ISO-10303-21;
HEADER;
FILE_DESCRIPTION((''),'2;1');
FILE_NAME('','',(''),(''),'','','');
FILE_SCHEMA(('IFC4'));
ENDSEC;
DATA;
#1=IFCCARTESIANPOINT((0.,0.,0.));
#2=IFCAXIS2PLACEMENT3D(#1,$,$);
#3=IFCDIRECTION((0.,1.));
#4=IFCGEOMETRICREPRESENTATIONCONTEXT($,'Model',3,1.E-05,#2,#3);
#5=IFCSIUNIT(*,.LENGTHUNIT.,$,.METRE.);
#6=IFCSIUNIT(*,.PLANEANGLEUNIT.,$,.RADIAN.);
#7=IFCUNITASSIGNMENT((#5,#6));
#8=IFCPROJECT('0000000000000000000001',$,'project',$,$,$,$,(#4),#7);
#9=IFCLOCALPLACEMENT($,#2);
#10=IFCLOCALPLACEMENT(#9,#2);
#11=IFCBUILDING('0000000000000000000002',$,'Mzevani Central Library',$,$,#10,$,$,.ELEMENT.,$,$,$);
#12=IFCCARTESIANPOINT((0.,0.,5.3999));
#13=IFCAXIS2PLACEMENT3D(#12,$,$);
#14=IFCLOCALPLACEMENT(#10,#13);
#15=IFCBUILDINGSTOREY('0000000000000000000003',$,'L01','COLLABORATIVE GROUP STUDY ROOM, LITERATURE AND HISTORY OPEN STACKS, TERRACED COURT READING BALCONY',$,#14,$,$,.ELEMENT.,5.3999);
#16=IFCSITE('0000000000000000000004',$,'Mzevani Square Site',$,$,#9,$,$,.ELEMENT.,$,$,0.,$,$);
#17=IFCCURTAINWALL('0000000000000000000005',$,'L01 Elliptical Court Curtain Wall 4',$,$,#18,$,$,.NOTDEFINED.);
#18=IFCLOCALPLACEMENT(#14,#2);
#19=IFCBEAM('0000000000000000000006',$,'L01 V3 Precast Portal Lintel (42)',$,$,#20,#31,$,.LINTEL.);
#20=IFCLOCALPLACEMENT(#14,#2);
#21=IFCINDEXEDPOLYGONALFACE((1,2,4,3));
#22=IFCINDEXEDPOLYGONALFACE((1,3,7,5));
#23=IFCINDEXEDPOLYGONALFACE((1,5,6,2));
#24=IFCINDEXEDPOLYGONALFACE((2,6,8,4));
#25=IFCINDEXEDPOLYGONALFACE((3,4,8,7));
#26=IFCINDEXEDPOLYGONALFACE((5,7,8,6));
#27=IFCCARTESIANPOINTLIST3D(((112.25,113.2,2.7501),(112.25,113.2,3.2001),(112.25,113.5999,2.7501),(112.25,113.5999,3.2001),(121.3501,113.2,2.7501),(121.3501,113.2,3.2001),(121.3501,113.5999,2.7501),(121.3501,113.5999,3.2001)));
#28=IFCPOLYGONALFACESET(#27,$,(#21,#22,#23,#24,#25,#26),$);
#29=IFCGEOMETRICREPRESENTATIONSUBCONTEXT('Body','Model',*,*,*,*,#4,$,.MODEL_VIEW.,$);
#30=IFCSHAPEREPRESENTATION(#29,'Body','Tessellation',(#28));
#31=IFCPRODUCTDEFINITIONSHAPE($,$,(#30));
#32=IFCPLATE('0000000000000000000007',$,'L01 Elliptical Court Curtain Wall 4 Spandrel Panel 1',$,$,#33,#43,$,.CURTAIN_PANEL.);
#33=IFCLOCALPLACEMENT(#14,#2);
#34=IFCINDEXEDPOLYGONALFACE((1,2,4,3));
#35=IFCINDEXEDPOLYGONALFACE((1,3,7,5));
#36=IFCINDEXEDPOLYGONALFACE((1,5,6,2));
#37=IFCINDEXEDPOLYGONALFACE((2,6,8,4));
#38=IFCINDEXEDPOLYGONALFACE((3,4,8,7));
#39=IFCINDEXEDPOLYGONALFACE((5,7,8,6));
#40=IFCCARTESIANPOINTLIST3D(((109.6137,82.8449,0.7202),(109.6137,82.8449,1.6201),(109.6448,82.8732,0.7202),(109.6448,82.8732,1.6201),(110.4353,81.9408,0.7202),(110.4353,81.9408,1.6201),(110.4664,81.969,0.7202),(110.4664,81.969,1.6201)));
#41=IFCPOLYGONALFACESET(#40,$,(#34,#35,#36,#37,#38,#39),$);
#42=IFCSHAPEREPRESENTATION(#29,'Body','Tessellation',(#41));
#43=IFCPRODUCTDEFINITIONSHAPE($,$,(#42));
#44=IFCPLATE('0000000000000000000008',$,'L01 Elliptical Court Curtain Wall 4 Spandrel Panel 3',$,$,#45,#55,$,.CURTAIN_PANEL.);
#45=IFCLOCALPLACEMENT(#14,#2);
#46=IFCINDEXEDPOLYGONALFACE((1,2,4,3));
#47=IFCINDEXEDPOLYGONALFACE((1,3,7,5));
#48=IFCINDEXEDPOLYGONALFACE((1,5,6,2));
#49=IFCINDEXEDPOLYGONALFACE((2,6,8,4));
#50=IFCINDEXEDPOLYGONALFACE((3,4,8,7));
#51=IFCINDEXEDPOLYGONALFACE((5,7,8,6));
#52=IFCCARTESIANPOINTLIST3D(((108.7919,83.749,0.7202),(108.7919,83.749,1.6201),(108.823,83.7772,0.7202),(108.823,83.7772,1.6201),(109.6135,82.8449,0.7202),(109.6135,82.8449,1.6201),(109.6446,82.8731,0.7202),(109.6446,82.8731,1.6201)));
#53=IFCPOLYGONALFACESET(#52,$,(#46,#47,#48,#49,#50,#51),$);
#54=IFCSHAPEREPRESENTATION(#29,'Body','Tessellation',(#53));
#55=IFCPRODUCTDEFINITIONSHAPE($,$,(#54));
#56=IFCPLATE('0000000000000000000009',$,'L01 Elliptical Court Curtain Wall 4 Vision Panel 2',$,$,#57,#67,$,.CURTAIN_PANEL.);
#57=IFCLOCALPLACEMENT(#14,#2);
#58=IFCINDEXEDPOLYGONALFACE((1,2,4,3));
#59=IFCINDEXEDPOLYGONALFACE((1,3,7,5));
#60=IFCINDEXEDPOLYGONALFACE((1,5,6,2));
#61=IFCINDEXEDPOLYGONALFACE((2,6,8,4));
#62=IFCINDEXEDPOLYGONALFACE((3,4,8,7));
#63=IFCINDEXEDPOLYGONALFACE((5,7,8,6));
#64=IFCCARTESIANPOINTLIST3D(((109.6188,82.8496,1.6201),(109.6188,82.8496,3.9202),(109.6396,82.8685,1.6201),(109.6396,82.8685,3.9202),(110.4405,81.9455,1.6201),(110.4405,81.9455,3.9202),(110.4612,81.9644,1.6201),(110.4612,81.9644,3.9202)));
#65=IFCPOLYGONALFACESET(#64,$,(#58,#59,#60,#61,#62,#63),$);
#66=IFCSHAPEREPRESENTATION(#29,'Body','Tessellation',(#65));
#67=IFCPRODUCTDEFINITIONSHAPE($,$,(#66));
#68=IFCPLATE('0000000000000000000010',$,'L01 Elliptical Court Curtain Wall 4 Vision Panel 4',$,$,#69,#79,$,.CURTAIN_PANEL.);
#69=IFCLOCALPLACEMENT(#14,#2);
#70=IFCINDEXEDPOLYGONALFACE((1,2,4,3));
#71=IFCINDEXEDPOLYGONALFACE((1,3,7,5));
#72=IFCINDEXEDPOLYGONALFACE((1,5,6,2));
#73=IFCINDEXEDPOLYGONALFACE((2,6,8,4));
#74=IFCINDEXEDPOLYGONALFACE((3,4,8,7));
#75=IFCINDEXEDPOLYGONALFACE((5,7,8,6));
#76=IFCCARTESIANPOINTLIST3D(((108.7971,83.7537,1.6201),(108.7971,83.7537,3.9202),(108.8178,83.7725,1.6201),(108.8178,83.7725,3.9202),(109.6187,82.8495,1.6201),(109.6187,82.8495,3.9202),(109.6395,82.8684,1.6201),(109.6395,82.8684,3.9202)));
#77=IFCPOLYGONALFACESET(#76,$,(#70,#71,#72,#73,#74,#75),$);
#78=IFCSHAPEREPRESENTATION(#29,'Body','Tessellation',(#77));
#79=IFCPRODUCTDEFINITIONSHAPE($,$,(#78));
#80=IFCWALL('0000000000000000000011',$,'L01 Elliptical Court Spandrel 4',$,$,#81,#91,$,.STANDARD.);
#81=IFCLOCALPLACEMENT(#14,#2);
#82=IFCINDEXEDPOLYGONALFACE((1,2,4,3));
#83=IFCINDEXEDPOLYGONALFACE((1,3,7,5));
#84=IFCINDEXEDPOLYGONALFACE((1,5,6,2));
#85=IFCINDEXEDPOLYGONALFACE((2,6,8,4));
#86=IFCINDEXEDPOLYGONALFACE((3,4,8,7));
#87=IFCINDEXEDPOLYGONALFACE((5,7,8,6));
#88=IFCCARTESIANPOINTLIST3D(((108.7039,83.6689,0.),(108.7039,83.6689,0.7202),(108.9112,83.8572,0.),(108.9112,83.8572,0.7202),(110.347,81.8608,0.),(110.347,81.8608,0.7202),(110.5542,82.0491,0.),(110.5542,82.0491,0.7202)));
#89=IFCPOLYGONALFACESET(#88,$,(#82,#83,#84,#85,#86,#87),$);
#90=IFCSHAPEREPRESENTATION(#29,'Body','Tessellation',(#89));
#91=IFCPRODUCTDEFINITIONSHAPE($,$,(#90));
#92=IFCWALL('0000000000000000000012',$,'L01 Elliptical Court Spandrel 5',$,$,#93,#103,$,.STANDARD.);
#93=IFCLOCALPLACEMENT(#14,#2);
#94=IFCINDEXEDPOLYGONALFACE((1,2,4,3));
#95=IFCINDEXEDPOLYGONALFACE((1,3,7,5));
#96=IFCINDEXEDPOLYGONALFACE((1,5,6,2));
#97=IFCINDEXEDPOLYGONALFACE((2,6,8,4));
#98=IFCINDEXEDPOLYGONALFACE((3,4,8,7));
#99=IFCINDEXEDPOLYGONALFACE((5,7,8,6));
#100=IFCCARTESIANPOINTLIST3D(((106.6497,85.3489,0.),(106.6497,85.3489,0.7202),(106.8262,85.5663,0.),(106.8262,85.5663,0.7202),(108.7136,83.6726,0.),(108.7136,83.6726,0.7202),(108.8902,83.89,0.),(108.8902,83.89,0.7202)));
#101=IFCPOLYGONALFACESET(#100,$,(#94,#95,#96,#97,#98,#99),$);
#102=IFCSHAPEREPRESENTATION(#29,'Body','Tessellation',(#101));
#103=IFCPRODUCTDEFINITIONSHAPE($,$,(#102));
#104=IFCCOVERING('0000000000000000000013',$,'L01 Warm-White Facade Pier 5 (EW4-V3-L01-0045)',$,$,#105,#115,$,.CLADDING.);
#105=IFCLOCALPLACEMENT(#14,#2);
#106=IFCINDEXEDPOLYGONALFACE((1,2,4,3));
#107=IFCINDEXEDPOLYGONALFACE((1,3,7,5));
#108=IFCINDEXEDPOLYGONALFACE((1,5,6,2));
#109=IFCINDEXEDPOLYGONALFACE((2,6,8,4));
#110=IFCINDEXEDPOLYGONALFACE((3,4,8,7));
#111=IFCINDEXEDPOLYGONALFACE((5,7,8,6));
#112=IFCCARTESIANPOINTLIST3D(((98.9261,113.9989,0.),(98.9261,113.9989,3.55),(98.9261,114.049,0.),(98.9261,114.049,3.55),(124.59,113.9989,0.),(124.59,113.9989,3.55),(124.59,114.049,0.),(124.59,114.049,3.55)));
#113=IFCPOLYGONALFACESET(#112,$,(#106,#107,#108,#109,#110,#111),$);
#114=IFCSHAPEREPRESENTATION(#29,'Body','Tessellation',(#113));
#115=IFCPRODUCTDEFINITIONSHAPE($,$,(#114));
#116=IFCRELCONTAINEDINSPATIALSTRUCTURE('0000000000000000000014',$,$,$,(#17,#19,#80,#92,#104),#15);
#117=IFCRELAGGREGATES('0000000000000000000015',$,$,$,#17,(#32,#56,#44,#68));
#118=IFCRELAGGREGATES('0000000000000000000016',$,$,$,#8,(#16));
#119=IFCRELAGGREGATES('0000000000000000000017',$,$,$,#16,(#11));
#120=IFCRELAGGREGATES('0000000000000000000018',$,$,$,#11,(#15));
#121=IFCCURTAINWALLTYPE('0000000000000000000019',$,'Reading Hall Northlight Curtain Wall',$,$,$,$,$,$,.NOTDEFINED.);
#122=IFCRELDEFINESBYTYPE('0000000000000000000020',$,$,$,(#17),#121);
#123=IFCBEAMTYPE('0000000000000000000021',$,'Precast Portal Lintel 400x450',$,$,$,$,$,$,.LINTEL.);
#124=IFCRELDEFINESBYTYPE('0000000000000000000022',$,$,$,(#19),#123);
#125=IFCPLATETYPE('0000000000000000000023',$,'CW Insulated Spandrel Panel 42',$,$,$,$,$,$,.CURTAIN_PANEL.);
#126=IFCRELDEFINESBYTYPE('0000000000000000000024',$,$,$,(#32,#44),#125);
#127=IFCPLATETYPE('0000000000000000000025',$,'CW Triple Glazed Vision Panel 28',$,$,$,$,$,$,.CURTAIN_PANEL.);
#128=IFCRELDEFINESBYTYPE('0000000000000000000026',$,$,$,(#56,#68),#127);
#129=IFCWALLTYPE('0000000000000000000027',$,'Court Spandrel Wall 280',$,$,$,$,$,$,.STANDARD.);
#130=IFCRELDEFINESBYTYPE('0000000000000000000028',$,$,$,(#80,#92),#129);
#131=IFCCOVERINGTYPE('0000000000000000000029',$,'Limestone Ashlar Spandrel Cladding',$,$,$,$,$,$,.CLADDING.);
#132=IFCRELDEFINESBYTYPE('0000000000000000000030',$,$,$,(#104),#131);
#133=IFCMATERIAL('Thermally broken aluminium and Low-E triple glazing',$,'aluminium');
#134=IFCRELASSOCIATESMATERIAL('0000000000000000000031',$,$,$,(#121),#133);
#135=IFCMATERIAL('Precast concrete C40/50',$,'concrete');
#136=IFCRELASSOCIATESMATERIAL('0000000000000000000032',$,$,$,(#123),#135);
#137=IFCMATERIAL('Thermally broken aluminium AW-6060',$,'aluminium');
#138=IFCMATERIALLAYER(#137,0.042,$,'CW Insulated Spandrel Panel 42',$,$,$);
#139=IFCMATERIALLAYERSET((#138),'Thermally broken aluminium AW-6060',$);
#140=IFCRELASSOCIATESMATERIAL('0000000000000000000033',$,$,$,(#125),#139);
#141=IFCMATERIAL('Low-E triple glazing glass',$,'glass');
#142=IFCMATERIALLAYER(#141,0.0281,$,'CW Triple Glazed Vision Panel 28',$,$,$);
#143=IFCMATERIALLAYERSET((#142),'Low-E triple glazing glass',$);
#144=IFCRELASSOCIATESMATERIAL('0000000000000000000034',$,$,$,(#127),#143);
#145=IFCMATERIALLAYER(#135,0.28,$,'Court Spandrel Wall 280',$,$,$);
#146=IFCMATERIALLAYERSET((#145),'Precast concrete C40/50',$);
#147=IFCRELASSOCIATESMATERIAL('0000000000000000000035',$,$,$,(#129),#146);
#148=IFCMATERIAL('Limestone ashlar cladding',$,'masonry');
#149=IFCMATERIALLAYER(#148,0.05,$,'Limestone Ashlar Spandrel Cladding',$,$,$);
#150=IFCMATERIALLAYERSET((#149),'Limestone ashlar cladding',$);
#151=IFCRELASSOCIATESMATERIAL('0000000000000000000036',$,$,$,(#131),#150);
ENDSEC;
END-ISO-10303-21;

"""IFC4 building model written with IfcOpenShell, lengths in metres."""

from ifc_helpers import new_model, si_unit, direction, frame, frame_2d, origin, origin_2d, place, context, subcontext, project, spatial, rectangle, extrude, material, layer, layer_set, material_profile, profile_set, type_object, element, aggregate, save


model = new_model("IFC4")

# Units and contexts
model_context = context("Model", 3, precision=1e-05, world=origin(), true_north=direction((0.0, 1.0)))
body_context = subcontext(model_context, "Body", "Model", "MODEL_VIEW")
ifc_project = project(units=[si_unit("LENGTHUNIT", "METRE"), si_unit("PLANEANGLEUNIT", "RADIAN")], contexts=[model_context])

# Site, building, storey
site_placement = place(None, origin())
site = spatial("IfcSite", under=ifc_project, at=site_placement, Name="Mzevani Square Site", CompositionType="ELEMENT", RefElevation=0.0)
building_placement = place(site_placement, origin())
building = spatial("IfcBuilding", under=site, at=building_placement, Name="Mzevani Central Library", CompositionType="ELEMENT")
storey_placement = place(building_placement, frame((0.0, 0.0, 5.3999)))
storey = spatial("IfcBuildingStorey", under=building, at=storey_placement, Name="L01", Description="COLLABORATIVE GROUP STUDY ROOM, LITERATURE AND HISTORY OPEN STACKS, TERRACED COURT READING BALCONY", CompositionType="ELEMENT", Elevation=5.3999)

# Shared definitions
ifc_material_1 = material(Name="Thermally broken aluminium and Low-E triple glazing", Category="aluminium")
ifc_material_2 = material(Name="Thermally broken aluminium AW-6060", Category="aluminium")

# Curtain wall
curtain_wall_type_1 = type_object("IfcCurtainWallType", Name="Reading Hall Northlight Curtain Wall", PredefinedType="NOTDEFINED", material=ifc_material_1)
curtain_wall_1_placement = place(storey_placement, origin())
curtain_wall_1 = element("IfcCurtainWall", 1, at=curtain_wall_1_placement, inside=storey, type_object=curtain_wall_type_1, Name="L01 Elliptical Court Curtain Wall 4", PredefinedType="NOTDEFINED")

# Beam
ifc_material_3 = material(Name="Precast concrete C40/50", Category="concrete")
ifc_material_profile_1 = material_profile(ifc_material_3, rectangle(XDim=0.3999, YDim=0.45, at=origin_2d()), Name="PC LN400x450")
ifc_profile_set_1 = profile_set([ifc_material_profile_1], Name="Precast concrete C40/50")
beam_type_1 = type_object("IfcBeamType", Name="Precast Portal Lintel 400x450", PredefinedType="LINTEL", material=ifc_profile_set_1)
beam_1_placement = place(storey_placement, frame((112.25, 113.3999, 2.9751), z_axis=(1.0, 0.0, 0.0), x_axis=(0.0, 1.0, 0.0)))
element("IfcBeam", 2, at=beam_1_placement, inside=storey, type_object=beam_type_1, Name="L01 V3 Precast Portal Lintel (42)", PredefinedType="LINTEL", context=body_context, shape_type="SweptSolid", body=[
    extrude(rectangle(XDim=0.3999, YDim=0.45, at=origin_2d()), origin(), (0.0, 0.0, 1.0), 9.1001),
])

# Plates
ifc_layer_1 = layer(ifc_material_2, 0.042, Name="CW Insulated Spandrel Panel 42")
ifc_layer_set_1 = layer_set([ifc_layer_1], Name="Thermally broken aluminium AW-6060")
plate_type_1 = type_object("IfcPlateType", Name="CW Insulated Spandrel Panel 42", PredefinedType="CURTAIN_PANEL", material=ifc_layer_set_1)
plate_1_placement = place(storey_placement, frame((110.04, 82.407, 0.7202), z_axis=(0.0, 0.0, 1.0), x_axis=(-0.672532, 0.740068, 0.0)))
plate_1 = element("IfcPlate", 3, at=plate_1_placement, type_object=plate_type_1, Name="L01 Elliptical Court Curtain Wall 4 Spandrel Panel 1", PredefinedType="CURTAIN_PANEL", context=body_context, shape_type="SweptSolid", body=[
    extrude(rectangle(XDim=1.2217, YDim=0.042, at=origin_2d()), origin(), (0.0, 0.0, 1.0), 0.8999),
])
plate_2_placement = place(storey_placement, frame((109.2183, 83.311, 0.7202), z_axis=(0.0, 0.0, 1.0), x_axis=(-0.672532, 0.740068, 0.0)))
plate_2 = element("IfcPlate", 4, at=plate_2_placement, type_object=plate_type_1, Name="L01 Elliptical Court Curtain Wall 4 Spandrel Panel 3", PredefinedType="CURTAIN_PANEL", context=body_context, shape_type="SweptSolid", body=[
    extrude(rectangle(XDim=1.2217, YDim=0.042, at=origin_2d()), origin(), (0.0, 0.0, 1.0), 0.8999),
])
ifc_material_4 = material(Name="Low-E triple glazing glass", Category="glass")
ifc_layer_2 = layer(ifc_material_4, 0.0281, Name="CW Triple Glazed Vision Panel 28")
ifc_layer_set_2 = layer_set([ifc_layer_2], Name="Low-E triple glazing glass")
plate_type_2 = type_object("IfcPlateType", Name="CW Triple Glazed Vision Panel 28", PredefinedType="CURTAIN_PANEL", material=ifc_layer_set_2)
plate_3_placement = place(storey_placement, frame((110.04, 82.407, 1.6201), z_axis=(0.0, 0.0, 1.0), x_axis=(-0.672532, 0.740068, 0.0)))
plate_3 = element("IfcPlate", 5, at=plate_3_placement, type_object=plate_type_2, Name="L01 Elliptical Court Curtain Wall 4 Vision Panel 2", PredefinedType="CURTAIN_PANEL", context=body_context, shape_type="SweptSolid", body=[
    extrude(rectangle(XDim=1.2217, YDim=0.0281, at=origin_2d()), origin(), (0.0, 0.0, 1.0), 2.3),
])
plate_4_placement = place(storey_placement, frame((109.2183, 83.311, 1.6201), z_axis=(0.0, 0.0, 1.0), x_axis=(-0.672532, 0.740068, 0.0)))
plate_4 = element("IfcPlate", 6, at=plate_4_placement, type_object=plate_type_2, Name="L01 Elliptical Court Curtain Wall 4 Vision Panel 4", PredefinedType="CURTAIN_PANEL", context=body_context, shape_type="SweptSolid", body=[
    extrude(rectangle(XDim=1.2217, YDim=0.0281, at=origin_2d()), origin(), (0.0, 0.0, 1.0), 2.3),
])
aggregate(curtain_wall_1, [plate_1, plate_3, plate_2, plate_4])

# Walls
ifc_layer_3 = layer(ifc_material_3, 0.28, Name="Court Spandrel Wall 280")
ifc_layer_set_3 = layer_set([ifc_layer_3], Name="Precast concrete C40/50")
wall_type = type_object("IfcWallType", Name="Court Spandrel Wall 280", PredefinedType="STANDARD", material=ifc_layer_set_3)
wall_1_placement = place(storey_placement, frame((110.4507, 81.9548, 0.0), z_axis=(0.0, 0.0, 1.0), x_axis=(-0.672524, 0.740076, 0.0)))
element("IfcWall", 7, at=wall_1_placement, inside=storey, type_object=wall_type, Name="L01 Elliptical Court Spandrel 4", PredefinedType="STANDARD", context=body_context, shape_type="SweptSolid", body=[
    extrude(rectangle(XDim=2.4431, YDim=0.28, at=frame_2d((1.2217, 0.0))), origin(), (0.0, 0.0, 1.0), 0.7202),
])
wall_2_placement = place(storey_placement, frame((108.802, 83.7812, 0.0), z_axis=(0.0, 0.0, 1.0), x_axis=(-0.776243, 0.630434, 0.0)))
element("IfcWall", 8, at=wall_2_placement, inside=storey, type_object=wall_type, Name="L01 Elliptical Court Spandrel 5", PredefinedType="STANDARD", context=body_context, shape_type="SweptSolid", body=[
    extrude(rectangle(XDim=2.6589, YDim=0.28, at=frame_2d((1.3296, 0.0))), origin(), (0.0, 0.0, 1.0), 0.7202),
])

# Covering
ifc_material_5 = material(Name="Limestone ashlar cladding", Category="masonry")
ifc_layer_4 = layer(ifc_material_5, 0.05, Name="Limestone Ashlar Spandrel Cladding")
ifc_layer_set_4 = layer_set([ifc_layer_4], Name="Limestone ashlar cladding")
covering_type = type_object("IfcCoveringType", Name="Limestone Ashlar Spandrel Cladding", PredefinedType="CLADDING", material=ifc_layer_set_4)
covering_placement = place(storey_placement, frame((111.7581, 114.0239, 0.0), z_axis=(0.0, 0.0, 1.0), x_axis=(1.0, 0.0, 0.0)))
element("IfcCovering", 9, at=covering_placement, inside=storey, type_object=covering_type, Name="L01 Warm-White Facade Pier 5 (EW4-V3-L01-0045)", PredefinedType="CLADDING", context=body_context, shape_type="SweptSolid", body=[
    extrude(rectangle(XDim=25.6638, YDim=0.05, at=origin_2d()), origin(), (0.0, 0.0, 1.0), 3.55),
])

save(model, "model.ifc")
